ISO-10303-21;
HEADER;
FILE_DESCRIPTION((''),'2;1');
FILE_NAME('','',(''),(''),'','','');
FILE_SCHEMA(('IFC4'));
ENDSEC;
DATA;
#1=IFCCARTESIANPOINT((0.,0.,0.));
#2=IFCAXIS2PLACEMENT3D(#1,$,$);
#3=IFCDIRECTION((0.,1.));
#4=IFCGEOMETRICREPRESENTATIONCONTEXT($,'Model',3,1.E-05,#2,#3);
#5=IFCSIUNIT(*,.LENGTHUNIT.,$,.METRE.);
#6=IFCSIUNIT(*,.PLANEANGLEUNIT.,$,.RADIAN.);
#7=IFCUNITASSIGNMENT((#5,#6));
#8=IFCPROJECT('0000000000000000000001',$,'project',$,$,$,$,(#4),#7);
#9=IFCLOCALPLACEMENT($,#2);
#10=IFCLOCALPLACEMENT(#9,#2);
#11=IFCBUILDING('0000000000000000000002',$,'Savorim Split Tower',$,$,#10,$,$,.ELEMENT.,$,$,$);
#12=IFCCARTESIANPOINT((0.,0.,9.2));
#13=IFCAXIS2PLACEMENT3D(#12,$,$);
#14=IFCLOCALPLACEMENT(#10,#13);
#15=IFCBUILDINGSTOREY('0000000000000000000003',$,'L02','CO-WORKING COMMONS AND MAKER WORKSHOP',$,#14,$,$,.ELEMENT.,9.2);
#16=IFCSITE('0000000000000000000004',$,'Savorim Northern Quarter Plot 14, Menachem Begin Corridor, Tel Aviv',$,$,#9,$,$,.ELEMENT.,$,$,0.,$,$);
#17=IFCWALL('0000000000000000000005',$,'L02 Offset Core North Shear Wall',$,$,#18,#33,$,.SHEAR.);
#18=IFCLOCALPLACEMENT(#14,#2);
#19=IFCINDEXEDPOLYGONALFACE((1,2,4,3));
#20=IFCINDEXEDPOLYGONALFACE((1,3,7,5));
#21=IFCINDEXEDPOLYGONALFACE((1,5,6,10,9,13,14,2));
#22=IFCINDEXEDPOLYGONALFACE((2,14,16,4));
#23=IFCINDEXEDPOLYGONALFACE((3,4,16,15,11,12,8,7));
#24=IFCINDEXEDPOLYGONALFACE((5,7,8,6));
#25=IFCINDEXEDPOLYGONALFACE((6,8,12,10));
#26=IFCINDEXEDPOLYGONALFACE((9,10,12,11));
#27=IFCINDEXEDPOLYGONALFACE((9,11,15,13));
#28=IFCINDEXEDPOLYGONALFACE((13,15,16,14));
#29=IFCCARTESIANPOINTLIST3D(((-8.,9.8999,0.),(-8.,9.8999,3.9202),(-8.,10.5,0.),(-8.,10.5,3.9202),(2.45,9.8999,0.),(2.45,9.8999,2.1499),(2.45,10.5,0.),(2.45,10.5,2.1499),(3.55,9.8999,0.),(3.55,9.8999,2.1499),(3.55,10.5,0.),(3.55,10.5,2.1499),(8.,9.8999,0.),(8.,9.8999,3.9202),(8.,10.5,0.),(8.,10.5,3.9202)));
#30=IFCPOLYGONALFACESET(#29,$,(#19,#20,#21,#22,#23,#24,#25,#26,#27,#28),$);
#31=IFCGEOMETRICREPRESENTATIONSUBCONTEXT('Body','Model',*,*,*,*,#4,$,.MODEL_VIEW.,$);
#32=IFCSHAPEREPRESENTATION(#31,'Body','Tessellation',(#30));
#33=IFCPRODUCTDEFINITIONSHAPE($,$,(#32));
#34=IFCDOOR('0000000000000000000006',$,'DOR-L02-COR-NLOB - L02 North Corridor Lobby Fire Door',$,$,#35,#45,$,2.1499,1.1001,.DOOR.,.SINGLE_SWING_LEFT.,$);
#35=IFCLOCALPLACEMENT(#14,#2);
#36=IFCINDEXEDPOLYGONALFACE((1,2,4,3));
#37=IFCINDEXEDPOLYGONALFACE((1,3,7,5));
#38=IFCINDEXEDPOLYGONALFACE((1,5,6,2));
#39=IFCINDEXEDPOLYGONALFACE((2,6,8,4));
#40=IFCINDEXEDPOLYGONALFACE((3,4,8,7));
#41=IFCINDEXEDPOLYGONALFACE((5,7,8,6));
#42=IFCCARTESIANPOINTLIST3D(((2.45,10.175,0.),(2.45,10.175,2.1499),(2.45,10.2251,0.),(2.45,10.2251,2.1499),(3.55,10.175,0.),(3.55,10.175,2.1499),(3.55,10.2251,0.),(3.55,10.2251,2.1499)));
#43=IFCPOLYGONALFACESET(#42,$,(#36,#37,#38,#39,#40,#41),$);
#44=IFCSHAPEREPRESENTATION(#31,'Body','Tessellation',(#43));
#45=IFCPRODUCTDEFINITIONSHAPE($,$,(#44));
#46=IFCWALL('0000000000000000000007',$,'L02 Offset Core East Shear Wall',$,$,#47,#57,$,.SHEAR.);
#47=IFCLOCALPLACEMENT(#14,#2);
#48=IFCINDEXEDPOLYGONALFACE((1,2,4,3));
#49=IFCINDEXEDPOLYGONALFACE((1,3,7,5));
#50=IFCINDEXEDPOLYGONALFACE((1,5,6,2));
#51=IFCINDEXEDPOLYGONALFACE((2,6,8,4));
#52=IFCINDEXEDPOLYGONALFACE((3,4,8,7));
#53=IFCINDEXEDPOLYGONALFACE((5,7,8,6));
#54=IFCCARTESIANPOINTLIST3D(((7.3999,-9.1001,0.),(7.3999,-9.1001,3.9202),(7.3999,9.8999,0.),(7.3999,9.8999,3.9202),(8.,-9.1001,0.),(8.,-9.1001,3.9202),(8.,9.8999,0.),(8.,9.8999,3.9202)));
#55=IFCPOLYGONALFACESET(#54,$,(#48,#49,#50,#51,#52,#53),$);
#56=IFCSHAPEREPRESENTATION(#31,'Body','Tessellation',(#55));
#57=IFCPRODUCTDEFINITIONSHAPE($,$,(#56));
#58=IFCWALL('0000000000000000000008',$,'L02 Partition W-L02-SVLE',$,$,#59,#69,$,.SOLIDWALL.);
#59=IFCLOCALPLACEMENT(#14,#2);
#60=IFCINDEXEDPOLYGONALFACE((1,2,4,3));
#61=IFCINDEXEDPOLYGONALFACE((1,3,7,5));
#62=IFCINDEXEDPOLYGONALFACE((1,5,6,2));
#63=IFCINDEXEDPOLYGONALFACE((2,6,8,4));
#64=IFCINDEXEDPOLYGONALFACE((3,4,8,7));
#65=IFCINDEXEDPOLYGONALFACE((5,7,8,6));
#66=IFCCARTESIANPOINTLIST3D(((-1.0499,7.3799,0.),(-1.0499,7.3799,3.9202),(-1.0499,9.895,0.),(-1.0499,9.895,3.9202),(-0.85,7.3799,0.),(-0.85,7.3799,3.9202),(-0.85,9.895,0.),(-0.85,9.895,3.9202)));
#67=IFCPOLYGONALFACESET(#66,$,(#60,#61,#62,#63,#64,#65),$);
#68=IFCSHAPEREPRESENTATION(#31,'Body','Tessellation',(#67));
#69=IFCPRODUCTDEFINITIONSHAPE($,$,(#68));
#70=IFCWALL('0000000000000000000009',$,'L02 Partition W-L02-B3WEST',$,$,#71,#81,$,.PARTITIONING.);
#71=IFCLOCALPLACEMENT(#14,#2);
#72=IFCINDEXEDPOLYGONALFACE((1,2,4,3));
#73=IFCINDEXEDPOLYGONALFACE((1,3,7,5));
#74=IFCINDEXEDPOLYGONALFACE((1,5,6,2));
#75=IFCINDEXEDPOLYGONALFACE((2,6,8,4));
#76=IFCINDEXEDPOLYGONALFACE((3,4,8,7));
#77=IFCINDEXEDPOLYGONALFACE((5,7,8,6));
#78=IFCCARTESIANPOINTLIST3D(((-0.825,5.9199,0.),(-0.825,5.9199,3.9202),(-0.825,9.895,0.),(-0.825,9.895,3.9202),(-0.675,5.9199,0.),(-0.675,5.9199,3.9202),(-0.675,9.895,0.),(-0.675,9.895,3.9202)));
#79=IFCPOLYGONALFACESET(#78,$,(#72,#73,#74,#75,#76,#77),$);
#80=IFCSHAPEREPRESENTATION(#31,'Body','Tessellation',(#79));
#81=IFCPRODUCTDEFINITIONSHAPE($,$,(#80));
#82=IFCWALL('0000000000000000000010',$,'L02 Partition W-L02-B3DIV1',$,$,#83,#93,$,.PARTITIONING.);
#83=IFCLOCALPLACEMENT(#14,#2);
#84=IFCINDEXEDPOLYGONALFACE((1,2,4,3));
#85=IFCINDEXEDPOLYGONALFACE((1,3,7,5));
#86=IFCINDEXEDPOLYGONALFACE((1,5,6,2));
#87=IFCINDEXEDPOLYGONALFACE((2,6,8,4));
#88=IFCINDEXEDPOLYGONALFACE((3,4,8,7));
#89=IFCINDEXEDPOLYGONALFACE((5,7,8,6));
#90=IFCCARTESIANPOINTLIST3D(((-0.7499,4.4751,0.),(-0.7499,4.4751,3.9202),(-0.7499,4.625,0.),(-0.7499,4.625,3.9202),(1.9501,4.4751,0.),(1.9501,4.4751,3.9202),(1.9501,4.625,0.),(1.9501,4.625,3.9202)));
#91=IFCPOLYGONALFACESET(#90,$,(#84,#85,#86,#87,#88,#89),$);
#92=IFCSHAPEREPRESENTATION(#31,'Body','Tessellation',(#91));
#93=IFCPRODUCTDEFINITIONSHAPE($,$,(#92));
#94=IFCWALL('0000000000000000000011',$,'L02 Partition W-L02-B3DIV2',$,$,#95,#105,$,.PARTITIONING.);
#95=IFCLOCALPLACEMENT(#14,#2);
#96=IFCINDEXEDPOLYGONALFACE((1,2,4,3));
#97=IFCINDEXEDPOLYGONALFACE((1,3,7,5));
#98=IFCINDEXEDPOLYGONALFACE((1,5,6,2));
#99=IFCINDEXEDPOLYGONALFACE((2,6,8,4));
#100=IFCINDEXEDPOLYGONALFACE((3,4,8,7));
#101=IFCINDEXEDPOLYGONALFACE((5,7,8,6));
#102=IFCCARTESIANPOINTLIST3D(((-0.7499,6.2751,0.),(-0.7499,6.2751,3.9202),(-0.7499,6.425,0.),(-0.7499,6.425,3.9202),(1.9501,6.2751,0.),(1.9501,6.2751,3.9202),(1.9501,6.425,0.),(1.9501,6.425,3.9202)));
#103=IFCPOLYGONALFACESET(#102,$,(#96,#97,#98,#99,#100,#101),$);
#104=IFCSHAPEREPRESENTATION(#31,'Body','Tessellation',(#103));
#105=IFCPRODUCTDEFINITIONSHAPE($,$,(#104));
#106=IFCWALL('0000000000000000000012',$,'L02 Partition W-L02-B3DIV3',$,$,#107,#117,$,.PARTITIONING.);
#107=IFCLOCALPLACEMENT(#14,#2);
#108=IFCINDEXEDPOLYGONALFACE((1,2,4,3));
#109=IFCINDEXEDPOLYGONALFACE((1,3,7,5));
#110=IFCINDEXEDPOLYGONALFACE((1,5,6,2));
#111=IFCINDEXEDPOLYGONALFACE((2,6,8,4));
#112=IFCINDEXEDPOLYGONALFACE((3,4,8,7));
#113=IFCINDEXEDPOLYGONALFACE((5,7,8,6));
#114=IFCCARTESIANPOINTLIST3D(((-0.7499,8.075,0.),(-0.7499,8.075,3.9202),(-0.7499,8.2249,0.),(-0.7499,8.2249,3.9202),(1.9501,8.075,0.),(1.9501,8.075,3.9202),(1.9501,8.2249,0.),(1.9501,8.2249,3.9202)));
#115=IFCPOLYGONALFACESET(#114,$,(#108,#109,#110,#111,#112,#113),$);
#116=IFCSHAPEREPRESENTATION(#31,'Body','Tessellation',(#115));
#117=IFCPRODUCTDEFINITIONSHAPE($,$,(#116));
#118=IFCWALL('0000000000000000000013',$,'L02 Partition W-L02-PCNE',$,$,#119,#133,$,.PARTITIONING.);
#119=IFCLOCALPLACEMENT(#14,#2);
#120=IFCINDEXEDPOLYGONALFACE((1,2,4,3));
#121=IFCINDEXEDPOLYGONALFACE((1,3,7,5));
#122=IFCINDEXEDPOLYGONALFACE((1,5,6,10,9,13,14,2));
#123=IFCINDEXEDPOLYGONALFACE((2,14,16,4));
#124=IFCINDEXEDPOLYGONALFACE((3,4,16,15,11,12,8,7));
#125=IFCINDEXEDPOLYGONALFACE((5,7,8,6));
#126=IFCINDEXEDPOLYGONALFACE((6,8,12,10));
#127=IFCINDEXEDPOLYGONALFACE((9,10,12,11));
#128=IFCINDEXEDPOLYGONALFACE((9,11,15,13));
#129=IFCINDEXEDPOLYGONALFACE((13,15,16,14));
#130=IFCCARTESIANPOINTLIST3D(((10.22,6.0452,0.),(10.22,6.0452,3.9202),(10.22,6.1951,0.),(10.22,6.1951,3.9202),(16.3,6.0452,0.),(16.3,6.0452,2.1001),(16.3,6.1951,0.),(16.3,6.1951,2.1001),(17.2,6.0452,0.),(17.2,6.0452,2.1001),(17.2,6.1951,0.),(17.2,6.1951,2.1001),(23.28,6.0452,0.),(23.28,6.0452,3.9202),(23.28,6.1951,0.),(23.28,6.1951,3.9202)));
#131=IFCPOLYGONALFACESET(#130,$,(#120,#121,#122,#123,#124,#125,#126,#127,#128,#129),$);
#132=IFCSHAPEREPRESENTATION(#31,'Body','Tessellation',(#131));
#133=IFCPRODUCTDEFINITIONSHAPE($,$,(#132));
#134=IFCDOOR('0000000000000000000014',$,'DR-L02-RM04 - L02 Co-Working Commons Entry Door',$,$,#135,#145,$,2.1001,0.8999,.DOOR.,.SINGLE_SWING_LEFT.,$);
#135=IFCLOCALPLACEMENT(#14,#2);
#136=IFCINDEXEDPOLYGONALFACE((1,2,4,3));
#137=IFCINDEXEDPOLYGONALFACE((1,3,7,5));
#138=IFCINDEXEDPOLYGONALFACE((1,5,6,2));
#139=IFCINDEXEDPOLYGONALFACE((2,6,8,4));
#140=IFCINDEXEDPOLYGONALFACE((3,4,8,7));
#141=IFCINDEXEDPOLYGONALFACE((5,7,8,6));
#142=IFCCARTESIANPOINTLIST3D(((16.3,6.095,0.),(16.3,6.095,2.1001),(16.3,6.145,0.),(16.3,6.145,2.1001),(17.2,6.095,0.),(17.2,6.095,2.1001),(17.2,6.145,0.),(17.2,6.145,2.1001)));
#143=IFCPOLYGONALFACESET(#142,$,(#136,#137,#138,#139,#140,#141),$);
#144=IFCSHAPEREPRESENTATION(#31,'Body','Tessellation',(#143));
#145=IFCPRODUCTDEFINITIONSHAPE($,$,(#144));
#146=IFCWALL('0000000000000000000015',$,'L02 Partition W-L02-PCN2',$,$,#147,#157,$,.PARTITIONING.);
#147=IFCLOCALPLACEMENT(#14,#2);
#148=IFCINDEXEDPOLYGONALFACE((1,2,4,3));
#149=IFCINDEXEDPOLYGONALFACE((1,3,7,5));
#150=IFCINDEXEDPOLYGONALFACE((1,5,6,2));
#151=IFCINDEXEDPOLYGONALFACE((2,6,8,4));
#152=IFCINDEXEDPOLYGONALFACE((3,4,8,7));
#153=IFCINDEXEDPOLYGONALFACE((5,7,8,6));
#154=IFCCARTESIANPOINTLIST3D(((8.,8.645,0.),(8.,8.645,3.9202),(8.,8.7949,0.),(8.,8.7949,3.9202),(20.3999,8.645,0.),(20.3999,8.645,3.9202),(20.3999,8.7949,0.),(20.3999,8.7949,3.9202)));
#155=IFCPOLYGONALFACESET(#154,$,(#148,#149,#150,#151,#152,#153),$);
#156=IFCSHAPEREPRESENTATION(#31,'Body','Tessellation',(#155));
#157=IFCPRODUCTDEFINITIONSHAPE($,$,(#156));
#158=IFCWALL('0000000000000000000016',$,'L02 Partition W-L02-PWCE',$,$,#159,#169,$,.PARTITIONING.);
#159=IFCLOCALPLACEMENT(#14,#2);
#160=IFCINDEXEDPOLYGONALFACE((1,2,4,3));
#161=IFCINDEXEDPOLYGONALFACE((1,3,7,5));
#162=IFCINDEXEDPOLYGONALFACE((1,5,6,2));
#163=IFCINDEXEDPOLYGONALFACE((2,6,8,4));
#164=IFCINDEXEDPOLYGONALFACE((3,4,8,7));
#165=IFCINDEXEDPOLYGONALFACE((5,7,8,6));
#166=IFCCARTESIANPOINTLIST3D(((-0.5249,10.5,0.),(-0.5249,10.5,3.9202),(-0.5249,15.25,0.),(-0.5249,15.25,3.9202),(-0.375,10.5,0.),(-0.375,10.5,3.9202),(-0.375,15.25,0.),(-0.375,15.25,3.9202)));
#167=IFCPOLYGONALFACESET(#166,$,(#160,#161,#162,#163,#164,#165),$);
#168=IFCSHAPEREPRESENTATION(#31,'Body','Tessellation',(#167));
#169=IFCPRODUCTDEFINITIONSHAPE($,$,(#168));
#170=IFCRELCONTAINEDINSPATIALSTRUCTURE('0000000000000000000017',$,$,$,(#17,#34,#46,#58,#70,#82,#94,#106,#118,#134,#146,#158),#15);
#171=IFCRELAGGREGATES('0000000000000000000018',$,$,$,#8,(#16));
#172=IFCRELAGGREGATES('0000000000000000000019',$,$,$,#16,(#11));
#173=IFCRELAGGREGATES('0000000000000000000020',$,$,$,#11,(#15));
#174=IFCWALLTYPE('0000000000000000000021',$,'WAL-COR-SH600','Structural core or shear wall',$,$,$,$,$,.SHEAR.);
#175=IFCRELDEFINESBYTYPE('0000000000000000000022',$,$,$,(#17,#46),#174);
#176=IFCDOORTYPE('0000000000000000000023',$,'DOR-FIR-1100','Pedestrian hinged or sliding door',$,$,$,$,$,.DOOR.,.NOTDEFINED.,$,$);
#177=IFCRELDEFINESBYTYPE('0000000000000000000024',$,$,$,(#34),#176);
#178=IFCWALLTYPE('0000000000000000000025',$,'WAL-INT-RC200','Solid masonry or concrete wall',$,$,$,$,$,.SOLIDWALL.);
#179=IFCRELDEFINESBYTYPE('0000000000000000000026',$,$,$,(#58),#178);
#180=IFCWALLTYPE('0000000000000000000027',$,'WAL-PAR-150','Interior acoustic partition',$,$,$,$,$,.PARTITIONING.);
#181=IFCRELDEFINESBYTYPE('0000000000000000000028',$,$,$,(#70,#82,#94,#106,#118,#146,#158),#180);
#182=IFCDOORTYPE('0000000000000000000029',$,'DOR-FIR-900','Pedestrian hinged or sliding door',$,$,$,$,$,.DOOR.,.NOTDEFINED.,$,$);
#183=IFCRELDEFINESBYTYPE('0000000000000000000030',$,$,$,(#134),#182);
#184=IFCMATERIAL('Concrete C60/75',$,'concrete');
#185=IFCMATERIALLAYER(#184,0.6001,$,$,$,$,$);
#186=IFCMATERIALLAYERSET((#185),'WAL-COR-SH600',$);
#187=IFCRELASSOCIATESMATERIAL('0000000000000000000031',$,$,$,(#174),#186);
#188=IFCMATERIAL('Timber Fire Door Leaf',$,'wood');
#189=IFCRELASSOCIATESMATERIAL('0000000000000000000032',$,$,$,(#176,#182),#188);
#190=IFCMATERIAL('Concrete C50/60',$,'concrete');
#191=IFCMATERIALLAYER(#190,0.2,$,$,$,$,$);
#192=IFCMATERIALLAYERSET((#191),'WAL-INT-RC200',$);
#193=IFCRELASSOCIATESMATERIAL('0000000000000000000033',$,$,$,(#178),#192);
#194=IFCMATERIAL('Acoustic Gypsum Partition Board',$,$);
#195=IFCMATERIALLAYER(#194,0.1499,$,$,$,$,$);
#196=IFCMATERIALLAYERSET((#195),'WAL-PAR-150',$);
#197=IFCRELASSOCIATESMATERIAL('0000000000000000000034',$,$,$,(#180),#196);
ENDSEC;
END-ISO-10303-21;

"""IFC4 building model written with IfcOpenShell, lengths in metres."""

from ifc_helpers import new_model, si_unit, direction, frame, frame_2d, origin, place, context, subcontext, project, spatial, rectangle, extrude, material, layer, layer_set, type_object, element, fill, save


model = new_model("IFC4")

# Units and contexts
model_context = context("Model", 3, precision=1e-05, world=origin(), true_north=direction((0.0, 1.0)))
body_context = subcontext(model_context, "Body", "Model", "MODEL_VIEW")
ifc_project = project(units=[si_unit("LENGTHUNIT", "METRE"), si_unit("PLANEANGLEUNIT", "RADIAN")], contexts=[model_context])

# Site, building, storey
site_placement = place(None, origin())
site = spatial("IfcSite", under=ifc_project, at=site_placement, Name="Savorim Northern Quarter Plot 14, Menachem Begin Corridor, Tel Aviv", CompositionType="ELEMENT", RefElevation=0.0)
building_placement = place(site_placement, origin())
building = spatial("IfcBuilding", under=site, at=building_placement, Name="Savorim Split Tower", CompositionType="ELEMENT")
storey_placement = place(building_placement, frame((0.0, 0.0, 9.2)))
storey = spatial("IfcBuildingStorey", under=building, at=storey_placement, Name="L02", Description="CO-WORKING COMMONS AND MAKER WORKSHOP", CompositionType="ELEMENT", Elevation=9.2)

# Shared definitions
ifc_material_1 = material(Name="Concrete C60/75", Category="concrete")

# Wall, opening, door
ifc_layer_1 = layer(ifc_material_1, 0.6001)
ifc_layer_set_1 = layer_set([ifc_layer_1], Name="WAL-COR-SH600")
wall_type_1 = type_object("IfcWallType", Name="WAL-COR-SH600", Description="Structural core or shear wall", PredefinedType="SHEAR", material=ifc_layer_set_1)
wall_1_placement = place(storey_placement, frame((8.0, 10.2, 0.0), z_axis=(0.0, 0.0, 1.0), x_axis=(-1.0, 0.0, 0.0)))
wall_1 = element("IfcWall", 1, at=wall_1_placement, inside=storey, type_object=wall_type_1, Name="L02 Offset Core North Shear Wall", PredefinedType="SHEAR", context=body_context, shape_type="SweptSolid", body=[
    extrude(rectangle(XDim=16.0, YDim=0.6001, at=frame_2d((8.0, 0.0))), origin(), (0.0, 0.0, 1.0), 3.9202),
])
opening_1_placement = place(wall_1_placement, frame((4.45, 0.0, 0.0)))
opening_1 = element("IfcOpeningElement", 2, at=opening_1_placement, cuts=wall_1, PredefinedType="OPENING", context=body_context, shape_type="SweptSolid", body=[
    extrude(rectangle(XDim=1.1001, YDim=2.1499, at=frame_2d((0.55, 1.075))), frame((0.0, 0.3101, 0.0), z_axis=(0.0, -1.0, 0.0), x_axis=(1.0, 0.0, 0.0)), (0.0, 0.0, 1.0), 0.6201),
])
ifc_material_2 = material(Name="Timber Fire Door Leaf", Category="wood")
door_type_1 = type_object("IfcDoorType", Name="DOR-FIR-1100", Description="Pedestrian hinged or sliding door", OperationType="NOTDEFINED", PredefinedType="DOOR", material=ifc_material_2)
door_1_placement = place(opening_1_placement, origin())
door_1 = element("IfcDoor", 3, at=door_1_placement, inside=storey, type_object=door_type_1, Name="DOR-L02-COR-NLOB - L02 North Corridor Lobby Fire Door", OperationType="SINGLE_SWING_LEFT", OverallHeight=2.1499, OverallWidth=1.1001, PredefinedType="DOOR", context=body_context, shape_type="SweptSolid", body=[
    extrude(rectangle(XDim=1.1001, YDim=2.1499, at=frame_2d((0.55, 1.075))), frame((0.0, 0.0249, 0.0), z_axis=(0.0, -1.0, 0.0), x_axis=(1.0, 0.0, 0.0)), (0.0, 0.0, 1.0), 0.05),
])
fill(opening_1, door_1)

# Walls
wall_2_placement = place(storey_placement, frame((7.7, 9.8999, 0.0), z_axis=(0.0, 0.0, 1.0), x_axis=(0.0, -1.0, 0.0)))
element("IfcWall", 4, at=wall_2_placement, inside=storey, type_object=wall_type_1, Name="L02 Offset Core East Shear Wall", PredefinedType="SHEAR", context=body_context, shape_type="SweptSolid", body=[
    extrude(rectangle(XDim=19.0, YDim=0.6001, at=frame_2d((9.5, 0.0))), origin(), (0.0, 0.0, 1.0), 3.9202),
])
ifc_material_3 = material(Name="Concrete C50/60", Category="concrete")
ifc_layer_2 = layer(ifc_material_3, 0.2)
ifc_layer_set_2 = layer_set([ifc_layer_2], Name="WAL-INT-RC200")
wall_type_2 = type_object("IfcWallType", Name="WAL-INT-RC200", Description="Solid masonry or concrete wall", PredefinedType="SOLIDWALL", material=ifc_layer_set_2)
wall_3_placement = place(storey_placement, frame((-0.95, 7.3799, 0.0), z_axis=(0.0, 0.0, 1.0), x_axis=(0.0, 1.0, 0.0)))
element("IfcWall", 5, at=wall_3_placement, inside=storey, type_object=wall_type_2, Name="L02 Partition W-L02-SVLE", PredefinedType="SOLIDWALL", context=body_context, shape_type="SweptSolid", body=[
    extrude(rectangle(XDim=2.5151, YDim=0.2, at=frame_2d((1.2576, 0.0))), origin(), (0.0, 0.0, 1.0), 3.9202),
])
ifc_material_4 = material(Name="Acoustic Gypsum Partition Board")
ifc_layer_3 = layer(ifc_material_4, 0.1499)
ifc_layer_set_3 = layer_set([ifc_layer_3], Name="WAL-PAR-150")
wall_type_3 = type_object("IfcWallType", Name="WAL-PAR-150", Description="Interior acoustic partition", PredefinedType="PARTITIONING", material=ifc_layer_set_3)
wall_4_placement = place(storey_placement, frame((-0.75, 5.9199, 0.0), z_axis=(0.0, 0.0, 1.0), x_axis=(0.0, 1.0, 0.0)))
element("IfcWall", 6, at=wall_4_placement, inside=storey, type_object=wall_type_3, Name="L02 Partition W-L02-B3WEST", PredefinedType="PARTITIONING", context=body_context, shape_type="SweptSolid", body=[
    extrude(rectangle(XDim=3.9751, YDim=0.1499, at=frame_2d((1.9875, 0.0))), origin(), (0.0, 0.0, 1.0), 3.9202),
])
for number, where, z_axis, x_axis, name in (
    (7, (-0.75, 4.55, 0.0), (0.0, 0.0, 1.0), (1.0, 0.0, 0.0), "L02 Partition W-L02-B3DIV1"),
    (8, (-0.75, 6.3501, 0.0), (0.0, 0.0, 1.0), (1.0, 0.0, 0.0), "L02 Partition W-L02-B3DIV2"),
    (9, (-0.75, 8.1499, 0.0), (0.0, 0.0, 1.0), (1.0, 0.0, 0.0), "L02 Partition W-L02-B3DIV3"),
):
    element("IfcWall", number, at=place(storey_placement, frame(where, z_axis=z_axis, x_axis=x_axis)), inside=storey, type_object=wall_type_3, Name=name, PredefinedType="PARTITIONING", context=body_context, shape_type="SweptSolid", body=[
        extrude(rectangle(XDim=2.7, YDim=0.1499, at=frame_2d((1.3501, 0.0))), origin(), (0.0, 0.0, 1.0), 3.9202),
    ])

# Wall, opening, door
wall_5_placement = place(storey_placement, frame((10.22, 6.1201, 0.0), z_axis=(0.0, 0.0, 1.0), x_axis=(1.0, 0.0, 0.0)))
wall_5 = element("IfcWall", 10, at=wall_5_placement, inside=storey, type_object=wall_type_3, Name="L02 Partition W-L02-PCNE", PredefinedType="PARTITIONING", context=body_context, shape_type="SweptSolid", body=[
    extrude(rectangle(XDim=13.0601, YDim=0.1499, at=frame_2d((6.53, 0.0))), origin(), (0.0, 0.0, 1.0), 3.9202),
])
opening_2_placement = place(wall_5_placement, frame((6.0801, 0.0, 0.0)))
opening_2 = element("IfcOpeningElement", 11, at=opening_2_placement, cuts=wall_5, PredefinedType="OPENING", context=body_context, shape_type="SweptSolid", body=[
    extrude(rectangle(XDim=0.8999, YDim=2.1001, at=frame_2d((0.45, 1.05))), frame((0.0, 0.085, 0.0), z_axis=(0.0, -1.0, 0.0), x_axis=(1.0, 0.0, 0.0)), (0.0, 0.0, 1.0), 0.1699),
])
door_type_2 = type_object("IfcDoorType", Name="DOR-FIR-900", Description="Pedestrian hinged or sliding door", OperationType="NOTDEFINED", PredefinedType="DOOR", material=ifc_material_2)
door_2_placement = place(opening_2_placement, origin())
door_2 = element("IfcDoor", 12, at=door_2_placement, inside=storey, type_object=door_type_2, Name="DR-L02-RM04 - L02 Co-Working Commons Entry Door", OperationType="SINGLE_SWING_LEFT", OverallHeight=2.1001, OverallWidth=0.8999, PredefinedType="DOOR", context=body_context, shape_type="SweptSolid", body=[
    extrude(rectangle(XDim=0.8999, YDim=2.1001, at=frame_2d((0.45, 1.05))), frame((0.0, 0.0249, 0.0), z_axis=(0.0, -1.0, 0.0), x_axis=(1.0, 0.0, 0.0)), (0.0, 0.0, 1.0), 0.05),
])
fill(opening_2, door_2)

# Walls
wall_6_placement = place(storey_placement, frame((8.0, 8.72, 0.0), z_axis=(0.0, 0.0, 1.0), x_axis=(1.0, 0.0, 0.0)))
element("IfcWall", 13, at=wall_6_placement, inside=storey, type_object=wall_type_3, Name="L02 Partition W-L02-PCN2", PredefinedType="PARTITIONING", context=body_context, shape_type="SweptSolid", body=[
    extrude(rectangle(XDim=12.3999, YDim=0.1499, at=frame_2d((6.2, 0.0))), origin(), (0.0, 0.0, 1.0), 3.9202),
])
wall_7_placement = place(storey_placement, frame((-0.45, 10.5, 0.0), z_axis=(0.0, 0.0, 1.0), x_axis=(0.0, 1.0, 0.0)))
element("IfcWall", 14, at=wall_7_placement, inside=storey, type_object=wall_type_3, Name="L02 Partition W-L02-PWCE", PredefinedType="PARTITIONING", context=body_context, shape_type="SweptSolid", body=[
    extrude(rectangle(XDim=4.75, YDim=0.1499, at=frame_2d((2.375, 0.0))), origin(), (0.0, 0.0, 1.0), 3.9202),
])

save(model, "model.ifc")
